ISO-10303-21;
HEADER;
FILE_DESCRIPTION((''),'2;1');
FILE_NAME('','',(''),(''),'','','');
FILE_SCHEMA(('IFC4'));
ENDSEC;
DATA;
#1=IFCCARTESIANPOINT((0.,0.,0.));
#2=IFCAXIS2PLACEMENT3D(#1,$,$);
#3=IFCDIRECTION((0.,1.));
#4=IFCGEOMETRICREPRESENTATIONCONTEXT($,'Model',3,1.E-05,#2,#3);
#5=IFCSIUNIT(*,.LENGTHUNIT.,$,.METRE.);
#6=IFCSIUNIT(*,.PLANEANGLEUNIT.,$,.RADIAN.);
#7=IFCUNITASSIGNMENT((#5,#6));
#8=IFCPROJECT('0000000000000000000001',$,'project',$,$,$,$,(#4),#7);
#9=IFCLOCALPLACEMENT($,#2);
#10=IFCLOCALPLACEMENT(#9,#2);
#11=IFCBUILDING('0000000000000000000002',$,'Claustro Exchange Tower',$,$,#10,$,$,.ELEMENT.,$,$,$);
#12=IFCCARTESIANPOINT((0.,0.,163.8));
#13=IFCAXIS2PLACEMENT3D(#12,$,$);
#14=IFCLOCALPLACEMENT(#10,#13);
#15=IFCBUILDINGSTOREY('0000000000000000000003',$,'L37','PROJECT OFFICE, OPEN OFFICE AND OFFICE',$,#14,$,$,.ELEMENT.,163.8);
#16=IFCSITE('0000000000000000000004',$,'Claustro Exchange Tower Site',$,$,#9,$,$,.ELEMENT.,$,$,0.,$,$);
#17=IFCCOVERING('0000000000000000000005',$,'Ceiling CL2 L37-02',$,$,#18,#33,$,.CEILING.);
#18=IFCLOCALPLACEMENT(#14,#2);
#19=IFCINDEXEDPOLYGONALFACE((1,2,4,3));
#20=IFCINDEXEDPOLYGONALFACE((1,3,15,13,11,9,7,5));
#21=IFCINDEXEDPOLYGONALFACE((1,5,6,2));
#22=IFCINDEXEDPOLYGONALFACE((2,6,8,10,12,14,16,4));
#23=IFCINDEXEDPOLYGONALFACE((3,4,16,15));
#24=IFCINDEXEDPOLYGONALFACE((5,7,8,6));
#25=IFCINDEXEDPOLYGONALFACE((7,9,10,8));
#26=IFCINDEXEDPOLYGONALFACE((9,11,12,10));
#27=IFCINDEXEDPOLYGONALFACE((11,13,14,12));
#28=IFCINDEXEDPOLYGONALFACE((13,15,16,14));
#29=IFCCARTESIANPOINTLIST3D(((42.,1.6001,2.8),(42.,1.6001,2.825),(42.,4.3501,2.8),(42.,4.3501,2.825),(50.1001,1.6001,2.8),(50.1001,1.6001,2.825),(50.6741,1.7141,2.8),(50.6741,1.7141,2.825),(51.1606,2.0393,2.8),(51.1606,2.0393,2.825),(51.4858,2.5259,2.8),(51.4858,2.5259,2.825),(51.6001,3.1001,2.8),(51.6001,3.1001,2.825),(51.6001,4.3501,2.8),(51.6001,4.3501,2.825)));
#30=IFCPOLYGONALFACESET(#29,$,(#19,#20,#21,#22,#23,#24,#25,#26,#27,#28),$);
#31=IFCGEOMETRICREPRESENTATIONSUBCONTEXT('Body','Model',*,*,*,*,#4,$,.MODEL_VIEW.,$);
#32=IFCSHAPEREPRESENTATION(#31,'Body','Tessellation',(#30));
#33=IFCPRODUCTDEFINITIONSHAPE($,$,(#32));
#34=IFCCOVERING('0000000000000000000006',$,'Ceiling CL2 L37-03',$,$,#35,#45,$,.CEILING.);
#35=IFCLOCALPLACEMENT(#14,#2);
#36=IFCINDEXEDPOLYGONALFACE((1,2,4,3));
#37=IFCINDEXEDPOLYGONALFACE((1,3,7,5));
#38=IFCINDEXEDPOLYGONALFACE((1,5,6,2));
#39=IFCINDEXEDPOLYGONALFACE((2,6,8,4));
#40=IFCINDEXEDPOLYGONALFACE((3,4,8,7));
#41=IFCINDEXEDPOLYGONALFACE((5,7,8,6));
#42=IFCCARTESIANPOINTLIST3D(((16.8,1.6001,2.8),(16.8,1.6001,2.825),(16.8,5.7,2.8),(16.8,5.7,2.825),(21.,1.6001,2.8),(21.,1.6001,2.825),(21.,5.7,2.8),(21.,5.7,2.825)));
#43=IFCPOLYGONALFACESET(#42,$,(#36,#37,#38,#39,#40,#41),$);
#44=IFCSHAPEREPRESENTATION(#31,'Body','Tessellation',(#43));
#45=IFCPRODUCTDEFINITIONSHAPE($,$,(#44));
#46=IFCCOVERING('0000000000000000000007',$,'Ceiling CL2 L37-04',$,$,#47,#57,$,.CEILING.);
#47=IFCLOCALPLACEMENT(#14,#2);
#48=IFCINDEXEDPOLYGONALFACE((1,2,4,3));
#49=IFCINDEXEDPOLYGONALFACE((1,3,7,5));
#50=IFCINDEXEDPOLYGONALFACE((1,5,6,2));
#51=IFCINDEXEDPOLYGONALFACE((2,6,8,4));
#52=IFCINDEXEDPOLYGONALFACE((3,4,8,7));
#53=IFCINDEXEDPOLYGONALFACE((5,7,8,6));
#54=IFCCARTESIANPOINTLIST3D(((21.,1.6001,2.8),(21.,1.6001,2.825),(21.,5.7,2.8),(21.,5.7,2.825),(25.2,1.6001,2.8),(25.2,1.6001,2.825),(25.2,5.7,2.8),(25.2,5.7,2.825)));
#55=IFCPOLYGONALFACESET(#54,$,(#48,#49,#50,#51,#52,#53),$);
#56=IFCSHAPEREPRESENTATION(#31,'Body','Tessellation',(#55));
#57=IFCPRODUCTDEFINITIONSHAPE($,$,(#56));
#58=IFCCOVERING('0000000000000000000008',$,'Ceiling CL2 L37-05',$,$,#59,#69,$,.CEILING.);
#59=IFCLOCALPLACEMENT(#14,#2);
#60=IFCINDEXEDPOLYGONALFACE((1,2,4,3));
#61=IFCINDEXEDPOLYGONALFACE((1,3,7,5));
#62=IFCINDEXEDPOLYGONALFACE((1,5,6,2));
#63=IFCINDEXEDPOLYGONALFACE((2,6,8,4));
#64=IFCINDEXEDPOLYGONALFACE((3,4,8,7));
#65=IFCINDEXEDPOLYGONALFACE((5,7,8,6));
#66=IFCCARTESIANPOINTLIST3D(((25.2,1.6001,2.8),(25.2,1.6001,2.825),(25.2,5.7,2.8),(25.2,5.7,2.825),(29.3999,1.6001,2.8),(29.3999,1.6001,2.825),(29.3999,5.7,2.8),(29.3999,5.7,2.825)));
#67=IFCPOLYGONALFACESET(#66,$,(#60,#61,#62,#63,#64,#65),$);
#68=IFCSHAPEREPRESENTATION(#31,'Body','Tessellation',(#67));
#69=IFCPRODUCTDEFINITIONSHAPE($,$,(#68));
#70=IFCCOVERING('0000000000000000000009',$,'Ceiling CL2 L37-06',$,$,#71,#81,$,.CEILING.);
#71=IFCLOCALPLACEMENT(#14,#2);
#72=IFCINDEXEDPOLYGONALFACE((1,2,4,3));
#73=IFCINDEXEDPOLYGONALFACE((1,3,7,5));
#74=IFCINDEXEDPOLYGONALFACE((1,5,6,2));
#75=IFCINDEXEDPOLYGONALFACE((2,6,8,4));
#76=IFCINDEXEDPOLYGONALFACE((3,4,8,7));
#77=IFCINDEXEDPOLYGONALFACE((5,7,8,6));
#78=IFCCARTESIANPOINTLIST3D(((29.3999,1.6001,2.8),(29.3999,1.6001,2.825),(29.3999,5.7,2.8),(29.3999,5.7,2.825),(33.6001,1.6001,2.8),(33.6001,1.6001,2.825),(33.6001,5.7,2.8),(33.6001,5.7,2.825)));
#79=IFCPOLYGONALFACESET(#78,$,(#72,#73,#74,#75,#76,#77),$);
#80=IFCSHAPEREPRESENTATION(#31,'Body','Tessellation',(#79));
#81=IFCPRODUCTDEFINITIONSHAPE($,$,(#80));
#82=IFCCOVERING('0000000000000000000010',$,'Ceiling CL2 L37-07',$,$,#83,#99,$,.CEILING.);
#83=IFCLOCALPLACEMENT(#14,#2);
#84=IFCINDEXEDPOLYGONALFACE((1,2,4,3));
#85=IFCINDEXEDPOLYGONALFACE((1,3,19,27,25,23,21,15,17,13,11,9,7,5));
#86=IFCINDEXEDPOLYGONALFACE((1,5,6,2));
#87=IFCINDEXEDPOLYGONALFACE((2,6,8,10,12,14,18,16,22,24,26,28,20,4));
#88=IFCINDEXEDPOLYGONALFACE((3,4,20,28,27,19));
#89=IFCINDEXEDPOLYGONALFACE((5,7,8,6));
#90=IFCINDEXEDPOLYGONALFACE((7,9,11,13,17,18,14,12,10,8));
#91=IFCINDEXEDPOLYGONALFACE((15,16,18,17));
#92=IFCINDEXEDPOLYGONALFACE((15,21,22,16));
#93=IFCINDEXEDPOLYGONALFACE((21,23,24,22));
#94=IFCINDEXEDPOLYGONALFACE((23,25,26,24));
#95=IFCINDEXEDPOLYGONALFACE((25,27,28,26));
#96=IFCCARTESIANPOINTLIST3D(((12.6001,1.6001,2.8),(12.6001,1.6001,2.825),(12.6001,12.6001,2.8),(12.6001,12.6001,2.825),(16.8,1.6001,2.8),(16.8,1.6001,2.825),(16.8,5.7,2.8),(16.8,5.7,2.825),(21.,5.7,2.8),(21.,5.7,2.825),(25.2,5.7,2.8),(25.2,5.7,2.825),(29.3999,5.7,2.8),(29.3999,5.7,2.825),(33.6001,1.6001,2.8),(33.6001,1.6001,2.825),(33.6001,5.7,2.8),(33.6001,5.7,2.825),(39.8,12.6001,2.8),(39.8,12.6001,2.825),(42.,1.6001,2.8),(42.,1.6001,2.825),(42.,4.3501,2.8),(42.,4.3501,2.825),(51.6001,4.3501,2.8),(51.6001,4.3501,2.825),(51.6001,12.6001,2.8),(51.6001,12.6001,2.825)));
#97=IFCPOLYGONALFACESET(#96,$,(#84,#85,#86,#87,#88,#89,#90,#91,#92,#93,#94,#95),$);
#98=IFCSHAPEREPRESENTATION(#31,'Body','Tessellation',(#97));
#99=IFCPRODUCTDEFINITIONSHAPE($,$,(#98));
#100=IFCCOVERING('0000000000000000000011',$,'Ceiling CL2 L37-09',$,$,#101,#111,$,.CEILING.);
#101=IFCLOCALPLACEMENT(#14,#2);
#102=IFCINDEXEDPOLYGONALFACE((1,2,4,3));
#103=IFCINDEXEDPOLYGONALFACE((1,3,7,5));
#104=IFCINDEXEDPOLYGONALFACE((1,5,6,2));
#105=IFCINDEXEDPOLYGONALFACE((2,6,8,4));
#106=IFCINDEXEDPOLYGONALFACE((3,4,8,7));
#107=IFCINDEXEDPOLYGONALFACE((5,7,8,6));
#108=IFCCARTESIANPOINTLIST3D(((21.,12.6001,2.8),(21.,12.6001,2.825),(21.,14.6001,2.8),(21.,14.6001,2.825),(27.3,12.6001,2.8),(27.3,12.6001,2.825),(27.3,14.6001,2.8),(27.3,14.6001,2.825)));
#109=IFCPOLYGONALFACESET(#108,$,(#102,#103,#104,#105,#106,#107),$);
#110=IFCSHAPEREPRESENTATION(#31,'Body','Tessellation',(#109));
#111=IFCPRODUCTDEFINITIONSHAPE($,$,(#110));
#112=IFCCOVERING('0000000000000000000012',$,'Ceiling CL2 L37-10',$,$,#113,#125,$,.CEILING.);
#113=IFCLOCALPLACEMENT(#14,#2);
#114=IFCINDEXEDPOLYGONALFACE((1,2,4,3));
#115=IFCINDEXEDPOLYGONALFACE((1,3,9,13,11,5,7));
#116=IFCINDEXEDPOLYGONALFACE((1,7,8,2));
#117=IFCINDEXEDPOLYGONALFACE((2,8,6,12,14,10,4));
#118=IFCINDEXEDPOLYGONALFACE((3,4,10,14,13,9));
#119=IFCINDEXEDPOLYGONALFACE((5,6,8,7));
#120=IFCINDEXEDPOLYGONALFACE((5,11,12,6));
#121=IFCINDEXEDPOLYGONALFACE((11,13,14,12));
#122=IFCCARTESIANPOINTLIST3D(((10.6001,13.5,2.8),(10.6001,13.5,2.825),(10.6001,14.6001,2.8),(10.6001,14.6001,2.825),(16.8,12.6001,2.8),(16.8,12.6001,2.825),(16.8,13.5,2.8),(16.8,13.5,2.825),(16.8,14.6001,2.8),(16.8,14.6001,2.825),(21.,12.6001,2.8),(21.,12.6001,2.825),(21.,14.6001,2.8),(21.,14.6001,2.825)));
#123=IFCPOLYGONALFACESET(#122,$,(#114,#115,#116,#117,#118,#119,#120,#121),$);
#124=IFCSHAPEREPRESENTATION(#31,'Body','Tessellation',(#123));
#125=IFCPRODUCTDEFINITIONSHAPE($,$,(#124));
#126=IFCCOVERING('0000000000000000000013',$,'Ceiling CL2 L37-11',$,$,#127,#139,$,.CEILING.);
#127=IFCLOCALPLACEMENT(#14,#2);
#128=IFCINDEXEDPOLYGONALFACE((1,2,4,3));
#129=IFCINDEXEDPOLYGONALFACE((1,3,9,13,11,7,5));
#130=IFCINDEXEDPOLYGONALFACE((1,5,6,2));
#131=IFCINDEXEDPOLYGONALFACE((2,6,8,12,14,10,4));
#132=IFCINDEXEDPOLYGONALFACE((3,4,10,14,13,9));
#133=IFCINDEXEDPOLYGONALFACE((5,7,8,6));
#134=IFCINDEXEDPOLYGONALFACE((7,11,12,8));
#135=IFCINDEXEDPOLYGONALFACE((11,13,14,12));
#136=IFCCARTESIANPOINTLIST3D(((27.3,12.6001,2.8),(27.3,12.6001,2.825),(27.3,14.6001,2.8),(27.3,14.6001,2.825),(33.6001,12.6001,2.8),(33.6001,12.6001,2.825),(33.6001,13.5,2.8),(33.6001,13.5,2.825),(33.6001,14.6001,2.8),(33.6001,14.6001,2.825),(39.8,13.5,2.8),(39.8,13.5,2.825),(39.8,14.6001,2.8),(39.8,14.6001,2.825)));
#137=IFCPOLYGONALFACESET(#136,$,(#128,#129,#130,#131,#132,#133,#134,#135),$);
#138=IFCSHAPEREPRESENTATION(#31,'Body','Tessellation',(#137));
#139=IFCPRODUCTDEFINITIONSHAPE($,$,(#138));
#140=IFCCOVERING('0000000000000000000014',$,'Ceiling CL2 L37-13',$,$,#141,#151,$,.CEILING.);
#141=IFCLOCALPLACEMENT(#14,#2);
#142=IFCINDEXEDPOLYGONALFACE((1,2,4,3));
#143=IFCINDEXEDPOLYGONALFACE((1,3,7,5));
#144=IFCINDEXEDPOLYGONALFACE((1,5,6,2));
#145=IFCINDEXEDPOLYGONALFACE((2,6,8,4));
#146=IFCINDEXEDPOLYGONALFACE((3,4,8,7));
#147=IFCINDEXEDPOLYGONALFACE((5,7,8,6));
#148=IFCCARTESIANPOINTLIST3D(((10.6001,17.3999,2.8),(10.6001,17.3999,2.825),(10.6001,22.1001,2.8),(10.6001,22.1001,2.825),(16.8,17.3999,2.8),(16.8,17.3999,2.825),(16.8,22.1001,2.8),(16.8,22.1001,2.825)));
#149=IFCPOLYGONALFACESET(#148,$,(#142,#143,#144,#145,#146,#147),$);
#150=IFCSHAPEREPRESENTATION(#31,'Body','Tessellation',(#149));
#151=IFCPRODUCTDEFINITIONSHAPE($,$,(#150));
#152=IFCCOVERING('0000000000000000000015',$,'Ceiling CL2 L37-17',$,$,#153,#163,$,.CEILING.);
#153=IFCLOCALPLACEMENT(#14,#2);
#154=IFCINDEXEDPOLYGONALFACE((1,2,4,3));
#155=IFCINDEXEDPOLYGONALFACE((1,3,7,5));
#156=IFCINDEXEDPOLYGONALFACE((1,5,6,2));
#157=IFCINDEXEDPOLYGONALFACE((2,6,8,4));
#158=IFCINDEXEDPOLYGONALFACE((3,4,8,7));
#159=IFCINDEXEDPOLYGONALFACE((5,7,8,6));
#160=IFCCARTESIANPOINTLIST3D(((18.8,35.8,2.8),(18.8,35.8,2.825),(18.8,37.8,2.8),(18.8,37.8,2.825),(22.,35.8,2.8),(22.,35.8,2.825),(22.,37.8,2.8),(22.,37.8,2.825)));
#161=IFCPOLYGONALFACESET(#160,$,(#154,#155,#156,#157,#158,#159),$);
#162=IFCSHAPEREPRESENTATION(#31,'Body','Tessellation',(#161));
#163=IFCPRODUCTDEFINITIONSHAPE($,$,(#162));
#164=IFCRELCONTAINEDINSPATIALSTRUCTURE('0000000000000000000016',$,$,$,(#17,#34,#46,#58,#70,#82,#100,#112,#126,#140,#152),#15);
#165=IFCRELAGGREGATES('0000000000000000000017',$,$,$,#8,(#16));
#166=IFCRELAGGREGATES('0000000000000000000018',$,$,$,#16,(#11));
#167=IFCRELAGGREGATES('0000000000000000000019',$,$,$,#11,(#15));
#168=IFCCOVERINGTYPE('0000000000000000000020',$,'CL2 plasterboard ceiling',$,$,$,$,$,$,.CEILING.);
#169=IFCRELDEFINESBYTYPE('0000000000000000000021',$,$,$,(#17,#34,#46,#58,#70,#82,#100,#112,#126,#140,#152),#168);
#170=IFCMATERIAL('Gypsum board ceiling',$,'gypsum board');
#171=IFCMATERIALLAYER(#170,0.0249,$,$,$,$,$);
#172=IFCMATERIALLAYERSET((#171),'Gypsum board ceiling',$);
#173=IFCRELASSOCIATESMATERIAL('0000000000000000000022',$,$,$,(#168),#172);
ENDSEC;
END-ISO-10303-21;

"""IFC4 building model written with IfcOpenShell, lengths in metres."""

from ifc_helpers import new_model, si_unit, direction, frame, origin, place, context, subcontext, project, spatial, polyline, outline, extrude, material, layer, layer_set, type_object, element, save


model = new_model("IFC4")

# Units and contexts
model_context = context("Model", 3, precision=1e-05, world=origin(), true_north=direction((0.0, 1.0)))
body_context = subcontext(model_context, "Body", "Model", "MODEL_VIEW")
ifc_project = project(units=[si_unit("LENGTHUNIT", "METRE"), si_unit("PLANEANGLEUNIT", "RADIAN")], contexts=[model_context])

# Site, building, storey
site_placement = place(None, origin())
site = spatial("IfcSite", under=ifc_project, at=site_placement, Name="Claustro Exchange Tower Site", CompositionType="ELEMENT", RefElevation=0.0)
building_placement = place(site_placement, origin())
building = spatial("IfcBuilding", under=site, at=building_placement, Name="Claustro Exchange Tower", CompositionType="ELEMENT")
storey_placement = place(building_placement, frame((0.0, 0.0, 163.8)))
storey = spatial("IfcBuildingStorey", under=building, at=storey_placement, Name="L37", Description="PROJECT OFFICE, OPEN OFFICE AND OFFICE", CompositionType="ELEMENT", Elevation=163.8)

# Coverings
ifc_material_1 = material(Name="Gypsum board ceiling", Category="gypsum board")
ifc_layer_1 = layer(ifc_material_1, 0.0249)
ifc_layer_set_1 = layer_set([ifc_layer_1], Name="Gypsum board ceiling")
covering_type_1 = type_object("IfcCoveringType", Name="CL2 plasterboard ceiling", PredefinedType="CEILING", material=ifc_layer_set_1)
covering_1_placement = place(storey_placement, frame((0.0, 0.0, 2.8)))
element("IfcCovering", 1, at=covering_1_placement, inside=storey, type_object=covering_type_1, Name="Ceiling CL2 L37-02", PredefinedType="CEILING", context=body_context, shape_type="SweptSolid", body=[
    extrude(outline(polyline([(51.6001, 3.1001), (51.6001, 4.3501), (42.0, 4.3501), (42.0, 1.6001), (50.1001, 1.6001), (50.6741, 1.7141), (51.1606, 2.0393), (51.4858, 2.5259), (51.6001, 3.1001)])), origin(), (0.0, 0.0, 1.0), 0.0249),
])
covering_2_placement = place(storey_placement, frame((0.0, 0.0, 2.8)))
element("IfcCovering", 2, at=covering_2_placement, inside=storey, type_object=covering_type_1, Name="Ceiling CL2 L37-03", PredefinedType="CEILING", context=body_context, shape_type="SweptSolid", body=[
    extrude(outline(polyline([(16.8, 1.6001), (21.0, 1.6001), (21.0, 5.7), (16.8, 5.7), (16.8, 1.6001)])), origin(), (0.0, 0.0, 1.0), 0.0249),
])
covering_3_placement = place(storey_placement, frame((0.0, 0.0, 2.8)))
element("IfcCovering", 3, at=covering_3_placement, inside=storey, type_object=covering_type_1, Name="Ceiling CL2 L37-04", PredefinedType="CEILING", context=body_context, shape_type="SweptSolid", body=[
    extrude(outline(polyline([(21.0, 1.6001), (25.2, 1.6001), (25.2, 5.7), (21.0, 5.7), (21.0, 1.6001)])), origin(), (0.0, 0.0, 1.0), 0.0249),
])
covering_4_placement = place(storey_placement, frame((0.0, 0.0, 2.8)))
element("IfcCovering", 4, at=covering_4_placement, inside=storey, type_object=covering_type_1, Name="Ceiling CL2 L37-05", PredefinedType="CEILING", context=body_context, shape_type="SweptSolid", body=[
    extrude(outline(polyline([(25.2, 1.6001), (29.3999, 1.6001), (29.3999, 5.7), (25.2, 5.7), (25.2, 1.6001)])), origin(), (0.0, 0.0, 1.0), 0.0249),
])
covering_5_placement = place(storey_placement, frame((0.0, 0.0, 2.8)))
element("IfcCovering", 5, at=covering_5_placement, inside=storey, type_object=covering_type_1, Name="Ceiling CL2 L37-06", PredefinedType="CEILING", context=body_context, shape_type="SweptSolid", body=[
    extrude(outline(polyline([(29.3999, 1.6001), (33.6001, 1.6001), (33.6001, 5.7), (29.3999, 5.7), (29.3999, 1.6001)])), origin(), (0.0, 0.0, 1.0), 0.0249),
])
covering_6_placement = place(storey_placement, frame((0.0, 0.0, 2.8)))
element("IfcCovering", 6, at=covering_6_placement, inside=storey, type_object=covering_type_1, Name="Ceiling CL2 L37-07", PredefinedType="CEILING", context=body_context, shape_type="SweptSolid", body=[
    extrude(outline(polyline([(51.6001, 12.6001), (39.8, 12.6001), (12.6001, 12.6001), (12.6001, 1.6001), (16.8, 1.6001), (16.8, 5.7), (21.0, 5.7), (25.2, 5.7), (29.3999, 5.7), (33.6001, 5.7), (33.6001, 1.6001), (42.0, 1.6001), (42.0, 4.3501), (51.6001, 4.3501), (51.6001, 12.6001)])), origin(), (0.0, 0.0, 1.0), 0.0249),
])
covering_7_placement = place(storey_placement, frame((0.0, 0.0, 2.8)))
element("IfcCovering", 7, at=covering_7_placement, inside=storey, type_object=covering_type_1, Name="Ceiling CL2 L37-09", PredefinedType="CEILING", context=body_context, shape_type="SweptSolid", body=[
    extrude(outline(polyline([(21.0, 12.6001), (27.3, 12.6001), (27.3, 14.6001), (21.0, 14.6001), (21.0, 12.6001)])), origin(), (0.0, 0.0, 1.0), 0.0249),
])
covering_8_placement = place(storey_placement, frame((0.0, 0.0, 2.8)))
element("IfcCovering", 8, at=covering_8_placement, inside=storey, type_object=covering_type_1, Name="Ceiling CL2 L37-10", PredefinedType="CEILING", context=body_context, shape_type="SweptSolid", body=[
    extrude(outline(polyline([(10.6001, 14.6001), (10.6001, 13.5), (16.8, 13.5), (16.8, 12.6001), (21.0, 12.6001), (21.0, 14.6001), (16.8, 14.6001), (16.8, 14.6001), (10.6001, 14.6001)])), origin(), (0.0, 0.0, 1.0), 0.0249),
])
covering_9_placement = place(storey_placement, frame((0.0, 0.0, 2.8)))
element("IfcCovering", 9, at=covering_9_placement, inside=storey, type_object=covering_type_1, Name="Ceiling CL2 L37-11", PredefinedType="CEILING", context=body_context, shape_type="SweptSolid", body=[
    extrude(outline(polyline([(39.8, 13.5), (39.8, 14.6001), (33.6001, 14.6001), (33.6001, 14.6001), (27.3, 14.6001), (27.3, 12.6001), (33.6001, 12.6001), (33.6001, 13.5), (39.8, 13.5)])), origin(), (0.0, 0.0, 1.0), 0.0249),
])
covering_10_placement = place(storey_placement, frame((0.0, 0.0, 2.8)))
element("IfcCovering", 10, at=covering_10_placement, inside=storey, type_object=covering_type_1, Name="Ceiling CL2 L37-13", PredefinedType="CEILING", context=body_context, shape_type="SweptSolid", body=[
    extrude(outline(polyline([(16.8, 17.3999), (16.8, 22.1001), (10.6001, 22.1001), (10.6001, 17.3999), (16.8, 17.3999)])), origin(), (0.0, 0.0, 1.0), 0.0249),
])
covering_11_placement = place(storey_placement, frame((0.0, 0.0, 2.8)))
element("IfcCovering", 11, at=covering_11_placement, inside=storey, type_object=covering_type_1, Name="Ceiling CL2 L37-17", PredefinedType="CEILING", context=body_context, shape_type="SweptSolid", body=[
    extrude(outline(polyline([(18.8, 35.8), (22.0, 35.8), (22.0, 37.8), (18.8, 37.8), (18.8, 35.8)])), origin(), (0.0, 0.0, 1.0), 0.0249),
])

save(model, "model.ifc")
